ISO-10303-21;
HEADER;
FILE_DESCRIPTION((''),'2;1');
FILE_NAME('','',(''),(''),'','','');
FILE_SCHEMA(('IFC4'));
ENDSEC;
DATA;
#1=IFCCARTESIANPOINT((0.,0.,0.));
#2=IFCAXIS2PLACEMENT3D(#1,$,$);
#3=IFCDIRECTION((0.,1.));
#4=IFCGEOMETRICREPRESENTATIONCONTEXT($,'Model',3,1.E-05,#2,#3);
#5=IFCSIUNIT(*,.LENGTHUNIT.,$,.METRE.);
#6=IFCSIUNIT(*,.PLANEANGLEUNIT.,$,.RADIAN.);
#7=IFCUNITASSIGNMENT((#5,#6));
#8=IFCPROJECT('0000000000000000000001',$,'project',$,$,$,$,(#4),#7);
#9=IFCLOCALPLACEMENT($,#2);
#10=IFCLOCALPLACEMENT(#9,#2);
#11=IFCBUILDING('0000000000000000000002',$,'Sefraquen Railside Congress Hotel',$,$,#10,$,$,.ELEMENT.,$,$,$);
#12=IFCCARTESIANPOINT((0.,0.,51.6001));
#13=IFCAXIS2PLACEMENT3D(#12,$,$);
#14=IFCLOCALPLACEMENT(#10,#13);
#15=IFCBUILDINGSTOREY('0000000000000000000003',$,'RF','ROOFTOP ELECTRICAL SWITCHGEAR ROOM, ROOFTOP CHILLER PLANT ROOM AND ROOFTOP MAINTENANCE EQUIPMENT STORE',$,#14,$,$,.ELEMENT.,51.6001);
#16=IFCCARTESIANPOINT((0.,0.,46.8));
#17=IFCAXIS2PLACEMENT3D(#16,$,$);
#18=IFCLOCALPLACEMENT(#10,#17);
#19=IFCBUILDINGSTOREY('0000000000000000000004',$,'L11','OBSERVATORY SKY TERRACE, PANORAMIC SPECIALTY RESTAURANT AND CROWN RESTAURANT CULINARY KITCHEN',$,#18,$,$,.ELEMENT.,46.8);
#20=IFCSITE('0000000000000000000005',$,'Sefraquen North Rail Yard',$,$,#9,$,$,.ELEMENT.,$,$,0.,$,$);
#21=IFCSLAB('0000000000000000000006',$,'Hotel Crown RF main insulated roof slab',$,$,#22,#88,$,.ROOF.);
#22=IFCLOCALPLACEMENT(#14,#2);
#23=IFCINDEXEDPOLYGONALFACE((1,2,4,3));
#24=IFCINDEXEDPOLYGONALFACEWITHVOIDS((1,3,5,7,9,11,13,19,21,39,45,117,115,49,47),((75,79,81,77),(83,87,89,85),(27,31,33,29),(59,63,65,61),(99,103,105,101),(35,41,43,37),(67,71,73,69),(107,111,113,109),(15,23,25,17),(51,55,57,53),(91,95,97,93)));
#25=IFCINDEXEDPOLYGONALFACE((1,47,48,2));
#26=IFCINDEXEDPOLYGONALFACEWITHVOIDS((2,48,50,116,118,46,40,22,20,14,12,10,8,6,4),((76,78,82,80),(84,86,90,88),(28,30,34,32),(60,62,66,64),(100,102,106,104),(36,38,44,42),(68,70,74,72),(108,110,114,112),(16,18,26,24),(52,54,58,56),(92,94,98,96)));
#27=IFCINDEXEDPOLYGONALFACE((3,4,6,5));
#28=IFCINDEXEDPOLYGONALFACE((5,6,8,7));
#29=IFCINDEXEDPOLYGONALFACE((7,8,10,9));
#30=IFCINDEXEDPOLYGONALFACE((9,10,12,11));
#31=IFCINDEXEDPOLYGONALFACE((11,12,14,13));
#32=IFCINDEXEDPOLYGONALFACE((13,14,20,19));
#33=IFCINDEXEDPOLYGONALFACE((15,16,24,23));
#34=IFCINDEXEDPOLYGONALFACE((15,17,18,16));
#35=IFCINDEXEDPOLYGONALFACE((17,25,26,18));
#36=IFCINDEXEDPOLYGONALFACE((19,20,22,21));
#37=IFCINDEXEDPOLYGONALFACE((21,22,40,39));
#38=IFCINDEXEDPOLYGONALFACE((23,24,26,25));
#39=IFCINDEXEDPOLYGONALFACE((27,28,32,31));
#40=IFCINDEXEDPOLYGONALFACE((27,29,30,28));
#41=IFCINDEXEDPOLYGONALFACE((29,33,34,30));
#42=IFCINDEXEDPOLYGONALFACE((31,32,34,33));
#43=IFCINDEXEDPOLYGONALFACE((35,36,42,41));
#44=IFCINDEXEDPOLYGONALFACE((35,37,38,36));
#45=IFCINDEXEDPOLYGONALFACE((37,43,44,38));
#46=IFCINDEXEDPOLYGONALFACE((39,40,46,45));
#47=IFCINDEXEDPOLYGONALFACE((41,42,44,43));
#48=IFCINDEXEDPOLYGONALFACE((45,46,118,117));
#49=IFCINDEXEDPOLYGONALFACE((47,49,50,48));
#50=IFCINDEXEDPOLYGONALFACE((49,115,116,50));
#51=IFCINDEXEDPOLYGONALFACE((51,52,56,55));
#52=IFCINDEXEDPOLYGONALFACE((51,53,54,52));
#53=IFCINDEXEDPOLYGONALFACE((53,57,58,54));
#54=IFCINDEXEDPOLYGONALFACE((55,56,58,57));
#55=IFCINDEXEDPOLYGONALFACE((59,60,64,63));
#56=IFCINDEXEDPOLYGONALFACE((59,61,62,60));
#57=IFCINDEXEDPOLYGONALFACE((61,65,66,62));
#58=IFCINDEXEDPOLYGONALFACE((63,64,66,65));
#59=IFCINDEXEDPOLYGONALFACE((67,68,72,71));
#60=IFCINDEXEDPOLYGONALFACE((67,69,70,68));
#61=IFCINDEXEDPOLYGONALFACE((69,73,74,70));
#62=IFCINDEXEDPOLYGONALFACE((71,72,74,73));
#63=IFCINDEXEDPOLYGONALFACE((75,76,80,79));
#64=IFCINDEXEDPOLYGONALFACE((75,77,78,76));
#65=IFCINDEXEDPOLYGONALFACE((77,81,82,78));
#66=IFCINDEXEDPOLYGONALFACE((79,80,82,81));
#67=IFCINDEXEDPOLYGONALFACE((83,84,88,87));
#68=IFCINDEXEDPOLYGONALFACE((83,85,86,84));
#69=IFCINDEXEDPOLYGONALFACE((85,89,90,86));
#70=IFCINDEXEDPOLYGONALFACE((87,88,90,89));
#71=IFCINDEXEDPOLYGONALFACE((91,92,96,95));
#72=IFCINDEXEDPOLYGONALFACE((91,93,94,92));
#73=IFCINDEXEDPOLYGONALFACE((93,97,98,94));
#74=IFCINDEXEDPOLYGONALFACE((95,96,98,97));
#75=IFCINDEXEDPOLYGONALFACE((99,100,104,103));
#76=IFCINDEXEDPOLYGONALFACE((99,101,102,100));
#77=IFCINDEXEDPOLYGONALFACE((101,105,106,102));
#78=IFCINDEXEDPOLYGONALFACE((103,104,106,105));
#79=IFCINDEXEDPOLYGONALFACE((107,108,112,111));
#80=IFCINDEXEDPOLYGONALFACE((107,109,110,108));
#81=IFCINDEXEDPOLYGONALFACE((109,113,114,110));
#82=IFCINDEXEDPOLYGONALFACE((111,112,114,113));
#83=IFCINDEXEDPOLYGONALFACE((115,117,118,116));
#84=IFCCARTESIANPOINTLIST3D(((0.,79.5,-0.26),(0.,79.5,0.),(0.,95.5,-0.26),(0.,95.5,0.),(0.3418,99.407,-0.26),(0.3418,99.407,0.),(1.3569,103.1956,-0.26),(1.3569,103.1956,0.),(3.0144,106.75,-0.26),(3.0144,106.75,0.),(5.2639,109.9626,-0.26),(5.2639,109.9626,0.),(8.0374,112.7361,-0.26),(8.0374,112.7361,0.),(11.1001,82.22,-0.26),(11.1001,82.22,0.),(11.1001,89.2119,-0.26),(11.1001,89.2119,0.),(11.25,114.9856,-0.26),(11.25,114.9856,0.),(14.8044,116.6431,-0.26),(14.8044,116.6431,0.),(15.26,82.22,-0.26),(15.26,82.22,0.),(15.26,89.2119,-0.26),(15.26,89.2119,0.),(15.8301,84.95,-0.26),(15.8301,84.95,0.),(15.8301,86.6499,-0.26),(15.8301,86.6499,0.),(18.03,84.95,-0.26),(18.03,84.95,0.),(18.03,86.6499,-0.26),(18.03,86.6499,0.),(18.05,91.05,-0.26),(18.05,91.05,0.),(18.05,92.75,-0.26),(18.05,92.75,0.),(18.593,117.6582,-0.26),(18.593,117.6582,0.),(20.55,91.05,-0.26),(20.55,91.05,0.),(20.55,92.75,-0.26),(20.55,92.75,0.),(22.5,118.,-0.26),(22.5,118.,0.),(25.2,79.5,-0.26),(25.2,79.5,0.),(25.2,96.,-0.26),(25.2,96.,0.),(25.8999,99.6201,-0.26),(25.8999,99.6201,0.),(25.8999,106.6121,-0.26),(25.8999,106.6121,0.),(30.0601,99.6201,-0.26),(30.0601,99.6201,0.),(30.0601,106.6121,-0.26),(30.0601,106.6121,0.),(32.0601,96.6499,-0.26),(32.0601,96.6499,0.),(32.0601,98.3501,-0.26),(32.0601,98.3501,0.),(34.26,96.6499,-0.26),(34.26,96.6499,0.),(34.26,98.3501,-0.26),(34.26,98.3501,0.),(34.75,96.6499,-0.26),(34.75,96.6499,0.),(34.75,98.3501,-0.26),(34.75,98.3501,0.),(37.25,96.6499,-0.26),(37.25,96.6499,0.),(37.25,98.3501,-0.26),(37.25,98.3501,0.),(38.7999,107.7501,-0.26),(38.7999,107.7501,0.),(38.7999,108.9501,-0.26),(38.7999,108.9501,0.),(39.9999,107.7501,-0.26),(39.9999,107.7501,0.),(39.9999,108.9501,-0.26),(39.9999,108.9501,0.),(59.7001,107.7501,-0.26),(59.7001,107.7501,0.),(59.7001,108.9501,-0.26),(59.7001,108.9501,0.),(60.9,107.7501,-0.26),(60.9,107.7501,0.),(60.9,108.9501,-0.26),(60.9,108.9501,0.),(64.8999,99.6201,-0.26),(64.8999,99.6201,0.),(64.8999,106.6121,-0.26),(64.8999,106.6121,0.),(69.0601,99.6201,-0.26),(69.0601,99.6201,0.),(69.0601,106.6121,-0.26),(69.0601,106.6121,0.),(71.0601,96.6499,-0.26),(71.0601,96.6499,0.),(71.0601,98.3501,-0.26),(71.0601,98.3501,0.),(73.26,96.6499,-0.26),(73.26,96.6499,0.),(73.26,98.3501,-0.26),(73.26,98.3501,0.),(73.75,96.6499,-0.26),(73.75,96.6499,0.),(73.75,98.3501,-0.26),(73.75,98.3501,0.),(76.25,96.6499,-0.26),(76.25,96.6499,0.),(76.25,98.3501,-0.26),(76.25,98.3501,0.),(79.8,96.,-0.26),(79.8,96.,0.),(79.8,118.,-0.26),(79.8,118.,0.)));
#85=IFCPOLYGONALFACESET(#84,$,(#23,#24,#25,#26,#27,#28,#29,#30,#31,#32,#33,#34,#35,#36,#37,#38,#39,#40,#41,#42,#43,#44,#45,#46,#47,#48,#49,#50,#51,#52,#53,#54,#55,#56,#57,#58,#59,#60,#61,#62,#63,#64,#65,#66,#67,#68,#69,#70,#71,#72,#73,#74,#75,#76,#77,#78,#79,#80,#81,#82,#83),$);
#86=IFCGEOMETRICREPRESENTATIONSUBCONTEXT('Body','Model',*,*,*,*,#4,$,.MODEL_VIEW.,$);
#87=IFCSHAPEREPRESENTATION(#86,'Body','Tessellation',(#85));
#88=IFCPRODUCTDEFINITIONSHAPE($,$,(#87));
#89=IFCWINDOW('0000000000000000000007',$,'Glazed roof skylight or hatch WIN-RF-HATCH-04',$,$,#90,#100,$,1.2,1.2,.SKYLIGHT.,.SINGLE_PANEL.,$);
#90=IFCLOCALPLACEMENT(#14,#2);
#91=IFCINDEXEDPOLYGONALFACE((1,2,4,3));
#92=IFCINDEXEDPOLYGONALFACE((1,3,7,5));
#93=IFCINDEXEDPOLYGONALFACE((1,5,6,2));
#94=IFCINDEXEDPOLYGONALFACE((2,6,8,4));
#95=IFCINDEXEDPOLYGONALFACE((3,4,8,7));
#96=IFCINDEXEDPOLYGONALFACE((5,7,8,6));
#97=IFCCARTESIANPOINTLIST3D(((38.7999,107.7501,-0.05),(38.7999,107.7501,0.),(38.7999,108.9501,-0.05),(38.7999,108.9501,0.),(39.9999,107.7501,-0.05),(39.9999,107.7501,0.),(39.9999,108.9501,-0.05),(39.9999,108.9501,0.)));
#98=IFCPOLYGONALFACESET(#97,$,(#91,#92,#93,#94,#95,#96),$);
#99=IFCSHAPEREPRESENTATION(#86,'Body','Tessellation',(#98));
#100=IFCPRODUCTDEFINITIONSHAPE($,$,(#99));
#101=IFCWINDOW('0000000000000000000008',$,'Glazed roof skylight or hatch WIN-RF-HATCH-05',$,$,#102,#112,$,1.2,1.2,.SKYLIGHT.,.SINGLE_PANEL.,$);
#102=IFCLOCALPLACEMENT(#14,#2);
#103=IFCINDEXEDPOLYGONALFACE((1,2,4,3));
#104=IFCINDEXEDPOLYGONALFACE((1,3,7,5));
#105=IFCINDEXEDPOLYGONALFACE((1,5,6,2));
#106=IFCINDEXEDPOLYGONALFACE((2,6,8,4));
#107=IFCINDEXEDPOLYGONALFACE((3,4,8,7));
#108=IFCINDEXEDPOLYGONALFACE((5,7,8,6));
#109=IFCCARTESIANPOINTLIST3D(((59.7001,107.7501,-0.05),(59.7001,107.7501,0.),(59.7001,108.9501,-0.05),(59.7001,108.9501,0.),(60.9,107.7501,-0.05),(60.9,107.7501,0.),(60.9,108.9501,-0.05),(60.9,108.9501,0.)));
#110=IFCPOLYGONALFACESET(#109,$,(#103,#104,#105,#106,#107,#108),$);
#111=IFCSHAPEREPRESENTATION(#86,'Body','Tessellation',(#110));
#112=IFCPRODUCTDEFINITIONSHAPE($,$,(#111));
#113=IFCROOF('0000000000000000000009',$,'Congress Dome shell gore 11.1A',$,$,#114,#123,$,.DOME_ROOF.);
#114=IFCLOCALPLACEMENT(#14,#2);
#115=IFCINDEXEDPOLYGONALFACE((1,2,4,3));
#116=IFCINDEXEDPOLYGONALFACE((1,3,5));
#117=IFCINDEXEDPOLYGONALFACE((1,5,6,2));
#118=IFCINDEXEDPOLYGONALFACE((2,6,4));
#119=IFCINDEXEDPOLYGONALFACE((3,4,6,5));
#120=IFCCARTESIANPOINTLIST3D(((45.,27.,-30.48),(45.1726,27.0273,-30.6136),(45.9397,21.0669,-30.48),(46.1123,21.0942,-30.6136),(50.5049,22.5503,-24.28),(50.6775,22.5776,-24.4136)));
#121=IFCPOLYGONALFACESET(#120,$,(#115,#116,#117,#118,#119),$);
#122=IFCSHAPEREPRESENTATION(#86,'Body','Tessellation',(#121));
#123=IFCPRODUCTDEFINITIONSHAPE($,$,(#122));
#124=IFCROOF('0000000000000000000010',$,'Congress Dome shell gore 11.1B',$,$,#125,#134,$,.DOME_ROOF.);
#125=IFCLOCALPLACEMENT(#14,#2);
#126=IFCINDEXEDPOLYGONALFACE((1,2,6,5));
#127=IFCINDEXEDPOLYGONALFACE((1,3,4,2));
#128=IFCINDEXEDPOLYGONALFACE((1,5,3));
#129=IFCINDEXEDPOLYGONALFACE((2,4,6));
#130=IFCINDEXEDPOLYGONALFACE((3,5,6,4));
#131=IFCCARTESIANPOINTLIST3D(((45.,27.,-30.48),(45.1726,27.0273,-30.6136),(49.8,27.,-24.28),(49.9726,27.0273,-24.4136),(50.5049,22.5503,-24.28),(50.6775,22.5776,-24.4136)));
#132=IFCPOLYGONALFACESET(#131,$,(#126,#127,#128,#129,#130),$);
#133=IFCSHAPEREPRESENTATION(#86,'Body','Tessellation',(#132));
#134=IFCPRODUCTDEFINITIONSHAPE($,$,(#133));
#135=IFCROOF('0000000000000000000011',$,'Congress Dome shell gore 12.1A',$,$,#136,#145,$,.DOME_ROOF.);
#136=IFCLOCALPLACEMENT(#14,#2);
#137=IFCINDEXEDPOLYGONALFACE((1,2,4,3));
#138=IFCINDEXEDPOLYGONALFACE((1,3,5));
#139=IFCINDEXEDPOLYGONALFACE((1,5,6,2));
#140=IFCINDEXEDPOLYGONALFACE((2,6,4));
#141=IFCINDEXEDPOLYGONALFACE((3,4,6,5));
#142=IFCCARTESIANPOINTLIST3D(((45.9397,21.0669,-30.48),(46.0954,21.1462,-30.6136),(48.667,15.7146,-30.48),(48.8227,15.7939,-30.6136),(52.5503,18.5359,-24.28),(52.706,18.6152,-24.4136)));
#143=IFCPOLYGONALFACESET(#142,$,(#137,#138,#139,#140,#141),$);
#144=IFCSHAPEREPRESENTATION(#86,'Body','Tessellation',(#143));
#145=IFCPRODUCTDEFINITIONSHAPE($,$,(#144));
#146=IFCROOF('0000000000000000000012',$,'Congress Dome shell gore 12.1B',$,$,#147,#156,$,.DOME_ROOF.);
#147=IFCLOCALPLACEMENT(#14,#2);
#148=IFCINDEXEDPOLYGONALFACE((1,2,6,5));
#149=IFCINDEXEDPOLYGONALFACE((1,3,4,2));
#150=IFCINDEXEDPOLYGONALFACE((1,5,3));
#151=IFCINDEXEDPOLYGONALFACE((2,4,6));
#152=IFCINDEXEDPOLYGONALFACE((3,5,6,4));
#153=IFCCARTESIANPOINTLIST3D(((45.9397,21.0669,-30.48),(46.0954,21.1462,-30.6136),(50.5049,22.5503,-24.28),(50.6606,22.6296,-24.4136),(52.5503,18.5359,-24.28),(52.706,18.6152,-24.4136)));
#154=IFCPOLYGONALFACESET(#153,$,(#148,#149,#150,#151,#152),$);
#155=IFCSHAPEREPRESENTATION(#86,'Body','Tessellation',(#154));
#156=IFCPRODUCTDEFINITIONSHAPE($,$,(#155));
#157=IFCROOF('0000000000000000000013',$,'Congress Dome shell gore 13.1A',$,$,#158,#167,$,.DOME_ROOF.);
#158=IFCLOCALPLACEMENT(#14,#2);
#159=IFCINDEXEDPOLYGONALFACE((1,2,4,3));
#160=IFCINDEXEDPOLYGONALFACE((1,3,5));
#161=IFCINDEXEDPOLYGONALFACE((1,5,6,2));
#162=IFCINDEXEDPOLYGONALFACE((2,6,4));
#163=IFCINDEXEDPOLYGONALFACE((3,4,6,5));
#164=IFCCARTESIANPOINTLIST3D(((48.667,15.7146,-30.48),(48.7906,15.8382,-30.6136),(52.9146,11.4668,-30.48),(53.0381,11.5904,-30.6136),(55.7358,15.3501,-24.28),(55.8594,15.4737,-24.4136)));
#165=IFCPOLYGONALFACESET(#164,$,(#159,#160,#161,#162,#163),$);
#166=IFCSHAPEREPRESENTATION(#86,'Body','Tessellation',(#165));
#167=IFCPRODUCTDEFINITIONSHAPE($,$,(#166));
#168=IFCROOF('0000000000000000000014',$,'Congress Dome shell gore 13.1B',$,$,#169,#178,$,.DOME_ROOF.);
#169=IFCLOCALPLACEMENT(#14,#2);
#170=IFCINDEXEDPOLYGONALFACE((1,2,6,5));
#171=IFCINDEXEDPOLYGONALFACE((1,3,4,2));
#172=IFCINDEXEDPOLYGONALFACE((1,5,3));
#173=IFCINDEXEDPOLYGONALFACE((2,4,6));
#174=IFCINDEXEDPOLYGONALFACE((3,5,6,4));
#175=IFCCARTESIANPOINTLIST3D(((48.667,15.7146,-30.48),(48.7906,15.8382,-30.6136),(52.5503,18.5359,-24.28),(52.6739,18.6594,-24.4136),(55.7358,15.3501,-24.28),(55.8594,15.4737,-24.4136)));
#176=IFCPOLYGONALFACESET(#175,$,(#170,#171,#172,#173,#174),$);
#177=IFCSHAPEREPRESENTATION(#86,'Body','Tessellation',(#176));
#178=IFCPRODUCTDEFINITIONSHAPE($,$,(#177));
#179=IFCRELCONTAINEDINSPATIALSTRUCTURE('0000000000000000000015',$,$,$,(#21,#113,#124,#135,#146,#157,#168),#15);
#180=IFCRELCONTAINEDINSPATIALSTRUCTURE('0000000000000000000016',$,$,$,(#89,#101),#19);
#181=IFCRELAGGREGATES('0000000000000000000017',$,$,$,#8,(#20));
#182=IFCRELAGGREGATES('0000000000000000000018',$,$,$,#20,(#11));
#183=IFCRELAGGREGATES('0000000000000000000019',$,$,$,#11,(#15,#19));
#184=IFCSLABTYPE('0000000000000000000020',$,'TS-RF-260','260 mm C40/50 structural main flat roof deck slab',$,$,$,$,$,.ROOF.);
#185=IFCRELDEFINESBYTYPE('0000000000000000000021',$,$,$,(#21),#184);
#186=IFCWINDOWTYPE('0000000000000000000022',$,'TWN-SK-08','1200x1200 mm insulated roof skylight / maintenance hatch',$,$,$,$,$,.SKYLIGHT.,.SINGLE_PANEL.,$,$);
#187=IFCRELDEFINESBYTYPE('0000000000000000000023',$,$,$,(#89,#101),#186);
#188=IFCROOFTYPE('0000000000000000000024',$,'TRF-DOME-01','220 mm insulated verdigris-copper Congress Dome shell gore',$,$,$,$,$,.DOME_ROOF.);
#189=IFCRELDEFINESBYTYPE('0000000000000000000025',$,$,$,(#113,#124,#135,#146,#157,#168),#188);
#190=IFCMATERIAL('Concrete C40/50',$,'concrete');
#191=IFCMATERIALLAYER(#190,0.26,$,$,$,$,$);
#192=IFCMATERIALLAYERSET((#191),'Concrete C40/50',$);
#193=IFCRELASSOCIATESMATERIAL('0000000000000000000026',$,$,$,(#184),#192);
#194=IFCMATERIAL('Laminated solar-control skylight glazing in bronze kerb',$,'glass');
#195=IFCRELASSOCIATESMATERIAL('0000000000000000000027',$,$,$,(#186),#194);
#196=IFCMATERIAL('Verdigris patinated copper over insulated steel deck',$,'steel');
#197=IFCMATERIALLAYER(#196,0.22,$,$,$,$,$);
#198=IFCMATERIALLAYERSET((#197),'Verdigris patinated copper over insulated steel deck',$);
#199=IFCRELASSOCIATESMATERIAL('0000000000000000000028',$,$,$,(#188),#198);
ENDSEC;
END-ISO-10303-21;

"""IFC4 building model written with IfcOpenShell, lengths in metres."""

from ifc_helpers import new_model, si_unit, direction, frame, origin, origin_2d, place, context, subcontext, project, spatial, polyline, rectangle, outline, extrude, material, layer, layer_set, type_object, element, fill, save


model = new_model("IFC4")

# Units and contexts
model_context = context("Model", 3, precision=1e-05, world=origin(), true_north=direction((0.0, 1.0)))
body_context = subcontext(model_context, "Body", "Model", "MODEL_VIEW")
ifc_project = project(units=[si_unit("LENGTHUNIT", "METRE"), si_unit("PLANEANGLEUNIT", "RADIAN")], contexts=[model_context])

# Site, building, storey
site_placement = place(None, origin())
site = spatial("IfcSite", under=ifc_project, at=site_placement, Name="Sefraquen North Rail Yard", CompositionType="ELEMENT", RefElevation=0.0)
building_placement = place(site_placement, origin())
building = spatial("IfcBuilding", under=site, at=building_placement, Name="Sefraquen Railside Congress Hotel", CompositionType="ELEMENT")
storey_1_placement = place(building_placement, frame((0.0, 0.0, 51.6001)))
storey_1 = spatial("IfcBuildingStorey", under=building, at=storey_1_placement, Name="RF", Description="ROOFTOP ELECTRICAL SWITCHGEAR ROOM, ROOFTOP CHILLER PLANT ROOM AND ROOFTOP MAINTENANCE EQUIPMENT STORE", CompositionType="ELEMENT", Elevation=51.6001)

# Shared definitions
ifc_material_1 = material(Name="Concrete C40/50", Category="concrete")

# Slab, openings
ifc_layer_1 = layer(ifc_material_1, 0.26)
ifc_layer_set_1 = layer_set([ifc_layer_1], Name="Concrete C40/50")
slab_type_1 = type_object("IfcSlabType", Name="TS-RF-260", Description="260 mm C40/50 structural main flat roof deck slab", PredefinedType="ROOF", material=ifc_layer_set_1)
slab_1_placement = place(storey_1_placement, frame((0.0, 0.0, -0.26)))
slab_1 = element("IfcSlab", 1, at=slab_1_placement, inside=storey_1, type_object=slab_type_1, Name="Hotel Crown RF main insulated roof slab", PredefinedType="ROOF", context=body_context, shape_type="SweptSolid", body=[
    extrude(outline(polyline([(0.0, 79.5), (25.2, 79.5), (25.2, 96.0), (79.8, 96.0), (79.8, 118.0), (22.5, 118.0), (18.593, 117.6582), (14.8044, 116.6431), (11.25, 114.9856), (8.0374, 112.7361), (5.2639, 109.9626), (3.0144, 106.75), (1.3569, 103.1956), (0.3418, 99.407), (0.0, 95.5), (0.0, 79.5)]), holes=[polyline([(11.1001, 82.22), (15.26, 82.22), (15.26, 89.2119), (11.1001, 89.2119), (11.1001, 82.22)]), polyline([(25.8999, 99.6201), (30.0601, 99.6201), (30.0601, 106.6121), (25.8999, 106.6121), (25.8999, 99.6201)]), polyline([(64.8999, 99.6201), (69.0601, 99.6201), (69.0601, 106.6121), (64.8999, 106.6121), (64.8999, 99.6201)]), polyline([(15.8301, 84.95), (18.03, 84.95), (18.03, 86.6499), (15.8301, 86.6499), (15.8301, 84.95)]), polyline([(32.0601, 96.6499), (34.26, 96.6499), (34.26, 98.3501), (32.0601, 98.3501), (32.0601, 96.6499)]), polyline([(71.0601, 96.6499), (73.26, 96.6499), (73.26, 98.3501), (71.0601, 98.3501), (71.0601, 96.6499)]), polyline([(18.05, 91.05), (20.55, 91.05), (20.55, 92.75), (18.05, 92.75), (18.05, 91.05)]), polyline([(34.75, 96.6499), (37.25, 96.6499), (37.25, 98.3501), (34.75, 98.3501), (34.75, 96.6499)]), polyline([(73.75, 96.6499), (76.25, 96.6499), (76.25, 98.3501), (73.75, 98.3501), (73.75, 96.6499)])]), origin(), (0.0, 0.0, 1.0), 0.26),
])
opening_1_placement = place(slab_1_placement, frame((39.3999, 108.3501, -0.01)))
opening_1 = element("IfcOpeningElement", 2, at=opening_1_placement, cuts=slab_1, PredefinedType="OPENING", context=body_context, shape_type="SweptSolid", body=[
    extrude(rectangle(XDim=1.2, YDim=1.2, at=origin_2d()), origin(), (0.0, 0.0, 1.0), 0.28),
])
opening_2_placement = place(slab_1_placement, frame((60.3, 108.3501, -0.01)))
opening_2 = element("IfcOpeningElement", 3, at=opening_2_placement, cuts=slab_1, PredefinedType="OPENING", context=body_context, shape_type="SweptSolid", body=[
    extrude(rectangle(XDim=1.2, YDim=1.2, at=origin_2d()), origin(), (0.0, 0.0, 1.0), 0.28),
])

# Shared definitions
storey_2_placement = place(building_placement, frame((0.0, 0.0, 46.8)))
storey_2 = spatial("IfcBuildingStorey", under=building, at=storey_2_placement, Name="L11", Description="OBSERVATORY SKY TERRACE, PANORAMIC SPECIALTY RESTAURANT AND CROWN RESTAURANT CULINARY KITCHEN", CompositionType="ELEMENT", Elevation=46.8)

# Windows
ifc_material_2 = material(Name="Laminated solar-control skylight glazing in bronze kerb", Category="glass")
window_type = type_object("IfcWindowType", Name="TWN-SK-08", Description="1200x1200 mm insulated roof skylight / maintenance hatch", PartitioningType="SINGLE_PANEL", PredefinedType="SKYLIGHT", material=ifc_material_2)
window_1_placement = place(opening_1_placement, frame((0.0, 0.0, 0.22)))
window_1 = element("IfcWindow", 4, at=window_1_placement, inside=storey_2, type_object=window_type, Name="Glazed roof skylight or hatch WIN-RF-HATCH-04", OverallHeight=1.2, OverallWidth=1.2, PartitioningType="SINGLE_PANEL", PredefinedType="SKYLIGHT", context=body_context, shape_type="SweptSolid", body=[
    extrude(rectangle(XDim=1.2, YDim=1.2, at=origin_2d()), origin(), (0.0, 0.0, 1.0), 0.05),
])
fill(opening_1, window_1)
window_2_placement = place(opening_2_placement, frame((0.0, 0.0, 0.22)))
window_2 = element("IfcWindow", 5, at=window_2_placement, inside=storey_2, type_object=window_type, Name="Glazed roof skylight or hatch WIN-RF-HATCH-05", OverallHeight=1.2, OverallWidth=1.2, PartitioningType="SINGLE_PANEL", PredefinedType="SKYLIGHT", context=body_context, shape_type="SweptSolid", body=[
    extrude(rectangle(XDim=1.2, YDim=1.2, at=origin_2d()), origin(), (0.0, 0.0, 1.0), 0.05),
])
fill(opening_2, window_2)

# Roofs
ifc_material_3 = material(Name="Verdigris patinated copper over insulated steel deck", Category="steel")
ifc_layer_2 = layer(ifc_material_3, 0.22)
ifc_layer_set_2 = layer_set([ifc_layer_2], Name="Verdigris patinated copper over insulated steel deck")
roof_type = type_object("IfcRoofType", Name="TRF-DOME-01", Description="220 mm insulated verdigris-copper Congress Dome shell gore", PredefinedType="DOME_ROOF", material=ifc_layer_set_2)
roof_1_placement = place(storey_1_placement, frame((45.0, 27.0, -30.48), z_axis=(-0.784585, -0.124264, 0.607442), x_axis=(0.156432, -0.987689, 0.0)))
element("IfcRoof", 6, at=roof_1_placement, inside=storey_1, type_object=roof_type, Name="Congress Dome shell gore 11.1A", PredefinedType="DOME_ROOF", context=body_context, shape_type="SweptSolid", body=[
    extrude(outline(polyline([(0.0, 0.0), (6.0071, 0.0), (5.2561, 7.8049), (0.0, 0.0)])), origin(), (0.0, 0.0, -1.0), 0.22),
])
roof_2_placement = place(storey_1_placement, frame((45.0, 27.0, -30.48), z_axis=(-0.784588, -0.124279, 0.607434), x_axis=(0.58502, -0.472884, 0.658887)))
element("IfcRoof", 7, at=roof_2_placement, inside=storey_1, type_object=roof_type, Name="Congress Dome shell gore 11.1B", PredefinedType="DOME_ROOF", context=body_context, shape_type="SweptSolid", body=[
    extrude(outline(polyline([(0.0, 0.0), (9.4097, 0.0), (6.8932, 3.7368), (0.0, 0.0)])), origin(), (0.0, 0.0, -1.0), 0.22),
])
roof_3_placement = place(storey_1_placement, frame((45.9397, 21.0669, -30.48), z_axis=(-0.707782, -0.360655, 0.607431), x_axis=(0.454012, -0.890995, 0.0)))
element("IfcRoof", 8, at=roof_3_placement, inside=storey_1, type_object=roof_type, Name="Congress Dome shell gore 12.1A", PredefinedType="DOME_ROOF", context=body_context, shape_type="SweptSolid", body=[
    extrude(outline(polyline([(0.0, 0.0), (6.0071, 0.0), (5.2564, 7.8048), (0.0, 0.0)])), origin(), (0.0, 0.0, -1.0), 0.22),
])
roof_4_placement = place(storey_1_placement, frame((45.9397, 21.0669, -30.48), z_axis=(-0.707784, -0.360629, 0.607444), x_axis=(0.702518, -0.268974, 0.658879)))
element("IfcRoof", 9, at=roof_4_placement, inside=storey_1, type_object=roof_type, Name="Congress Dome shell gore 12.1B", PredefinedType="DOME_ROOF", context=body_context, shape_type="SweptSolid", body=[
    extrude(outline(polyline([(0.0, 0.0), (9.4099, 0.0), (6.8931, 3.737), (0.0, 0.0)])), origin(), (0.0, 0.0, -1.0), 0.22),
])
roof_5_placement = place(storey_1_placement, frame((48.667, 15.7146, -30.48), z_axis=(-0.561725, -0.561693, 0.607426), x_axis=(0.707086, -0.707127, 0.0)))
element("IfcRoof", 10, at=roof_5_placement, inside=storey_1, type_object=roof_type, Name="Congress Dome shell gore 13.1A", PredefinedType="DOME_ROOF", context=body_context, shape_type="SweptSolid", body=[
    extrude(outline(polyline([(0.0, 0.0), (6.0071, 0.0), (5.256, 7.8048), (0.0, 0.0)])), origin(), (0.0, 0.0, -1.0), 0.22),
])
roof_6_placement = place(storey_1_placement, frame((48.667, 15.7146, -30.48), z_axis=(-0.561728, -0.561685, 0.60743), x_axis=(0.751237, -0.038737, 0.658895)))
element("IfcRoof", 11, at=roof_6_placement, inside=storey_1, type_object=roof_type, Name="Congress Dome shell gore 13.1B", PredefinedType="DOME_ROOF", context=body_context, shape_type="SweptSolid", body=[
    extrude(outline(polyline([(0.0, 0.0), (9.4096, 0.0), (6.8931, 3.7369), (0.0, 0.0)])), origin(), (0.0, 0.0, -1.0), 0.22),
])

save(model, "model.ifc")
